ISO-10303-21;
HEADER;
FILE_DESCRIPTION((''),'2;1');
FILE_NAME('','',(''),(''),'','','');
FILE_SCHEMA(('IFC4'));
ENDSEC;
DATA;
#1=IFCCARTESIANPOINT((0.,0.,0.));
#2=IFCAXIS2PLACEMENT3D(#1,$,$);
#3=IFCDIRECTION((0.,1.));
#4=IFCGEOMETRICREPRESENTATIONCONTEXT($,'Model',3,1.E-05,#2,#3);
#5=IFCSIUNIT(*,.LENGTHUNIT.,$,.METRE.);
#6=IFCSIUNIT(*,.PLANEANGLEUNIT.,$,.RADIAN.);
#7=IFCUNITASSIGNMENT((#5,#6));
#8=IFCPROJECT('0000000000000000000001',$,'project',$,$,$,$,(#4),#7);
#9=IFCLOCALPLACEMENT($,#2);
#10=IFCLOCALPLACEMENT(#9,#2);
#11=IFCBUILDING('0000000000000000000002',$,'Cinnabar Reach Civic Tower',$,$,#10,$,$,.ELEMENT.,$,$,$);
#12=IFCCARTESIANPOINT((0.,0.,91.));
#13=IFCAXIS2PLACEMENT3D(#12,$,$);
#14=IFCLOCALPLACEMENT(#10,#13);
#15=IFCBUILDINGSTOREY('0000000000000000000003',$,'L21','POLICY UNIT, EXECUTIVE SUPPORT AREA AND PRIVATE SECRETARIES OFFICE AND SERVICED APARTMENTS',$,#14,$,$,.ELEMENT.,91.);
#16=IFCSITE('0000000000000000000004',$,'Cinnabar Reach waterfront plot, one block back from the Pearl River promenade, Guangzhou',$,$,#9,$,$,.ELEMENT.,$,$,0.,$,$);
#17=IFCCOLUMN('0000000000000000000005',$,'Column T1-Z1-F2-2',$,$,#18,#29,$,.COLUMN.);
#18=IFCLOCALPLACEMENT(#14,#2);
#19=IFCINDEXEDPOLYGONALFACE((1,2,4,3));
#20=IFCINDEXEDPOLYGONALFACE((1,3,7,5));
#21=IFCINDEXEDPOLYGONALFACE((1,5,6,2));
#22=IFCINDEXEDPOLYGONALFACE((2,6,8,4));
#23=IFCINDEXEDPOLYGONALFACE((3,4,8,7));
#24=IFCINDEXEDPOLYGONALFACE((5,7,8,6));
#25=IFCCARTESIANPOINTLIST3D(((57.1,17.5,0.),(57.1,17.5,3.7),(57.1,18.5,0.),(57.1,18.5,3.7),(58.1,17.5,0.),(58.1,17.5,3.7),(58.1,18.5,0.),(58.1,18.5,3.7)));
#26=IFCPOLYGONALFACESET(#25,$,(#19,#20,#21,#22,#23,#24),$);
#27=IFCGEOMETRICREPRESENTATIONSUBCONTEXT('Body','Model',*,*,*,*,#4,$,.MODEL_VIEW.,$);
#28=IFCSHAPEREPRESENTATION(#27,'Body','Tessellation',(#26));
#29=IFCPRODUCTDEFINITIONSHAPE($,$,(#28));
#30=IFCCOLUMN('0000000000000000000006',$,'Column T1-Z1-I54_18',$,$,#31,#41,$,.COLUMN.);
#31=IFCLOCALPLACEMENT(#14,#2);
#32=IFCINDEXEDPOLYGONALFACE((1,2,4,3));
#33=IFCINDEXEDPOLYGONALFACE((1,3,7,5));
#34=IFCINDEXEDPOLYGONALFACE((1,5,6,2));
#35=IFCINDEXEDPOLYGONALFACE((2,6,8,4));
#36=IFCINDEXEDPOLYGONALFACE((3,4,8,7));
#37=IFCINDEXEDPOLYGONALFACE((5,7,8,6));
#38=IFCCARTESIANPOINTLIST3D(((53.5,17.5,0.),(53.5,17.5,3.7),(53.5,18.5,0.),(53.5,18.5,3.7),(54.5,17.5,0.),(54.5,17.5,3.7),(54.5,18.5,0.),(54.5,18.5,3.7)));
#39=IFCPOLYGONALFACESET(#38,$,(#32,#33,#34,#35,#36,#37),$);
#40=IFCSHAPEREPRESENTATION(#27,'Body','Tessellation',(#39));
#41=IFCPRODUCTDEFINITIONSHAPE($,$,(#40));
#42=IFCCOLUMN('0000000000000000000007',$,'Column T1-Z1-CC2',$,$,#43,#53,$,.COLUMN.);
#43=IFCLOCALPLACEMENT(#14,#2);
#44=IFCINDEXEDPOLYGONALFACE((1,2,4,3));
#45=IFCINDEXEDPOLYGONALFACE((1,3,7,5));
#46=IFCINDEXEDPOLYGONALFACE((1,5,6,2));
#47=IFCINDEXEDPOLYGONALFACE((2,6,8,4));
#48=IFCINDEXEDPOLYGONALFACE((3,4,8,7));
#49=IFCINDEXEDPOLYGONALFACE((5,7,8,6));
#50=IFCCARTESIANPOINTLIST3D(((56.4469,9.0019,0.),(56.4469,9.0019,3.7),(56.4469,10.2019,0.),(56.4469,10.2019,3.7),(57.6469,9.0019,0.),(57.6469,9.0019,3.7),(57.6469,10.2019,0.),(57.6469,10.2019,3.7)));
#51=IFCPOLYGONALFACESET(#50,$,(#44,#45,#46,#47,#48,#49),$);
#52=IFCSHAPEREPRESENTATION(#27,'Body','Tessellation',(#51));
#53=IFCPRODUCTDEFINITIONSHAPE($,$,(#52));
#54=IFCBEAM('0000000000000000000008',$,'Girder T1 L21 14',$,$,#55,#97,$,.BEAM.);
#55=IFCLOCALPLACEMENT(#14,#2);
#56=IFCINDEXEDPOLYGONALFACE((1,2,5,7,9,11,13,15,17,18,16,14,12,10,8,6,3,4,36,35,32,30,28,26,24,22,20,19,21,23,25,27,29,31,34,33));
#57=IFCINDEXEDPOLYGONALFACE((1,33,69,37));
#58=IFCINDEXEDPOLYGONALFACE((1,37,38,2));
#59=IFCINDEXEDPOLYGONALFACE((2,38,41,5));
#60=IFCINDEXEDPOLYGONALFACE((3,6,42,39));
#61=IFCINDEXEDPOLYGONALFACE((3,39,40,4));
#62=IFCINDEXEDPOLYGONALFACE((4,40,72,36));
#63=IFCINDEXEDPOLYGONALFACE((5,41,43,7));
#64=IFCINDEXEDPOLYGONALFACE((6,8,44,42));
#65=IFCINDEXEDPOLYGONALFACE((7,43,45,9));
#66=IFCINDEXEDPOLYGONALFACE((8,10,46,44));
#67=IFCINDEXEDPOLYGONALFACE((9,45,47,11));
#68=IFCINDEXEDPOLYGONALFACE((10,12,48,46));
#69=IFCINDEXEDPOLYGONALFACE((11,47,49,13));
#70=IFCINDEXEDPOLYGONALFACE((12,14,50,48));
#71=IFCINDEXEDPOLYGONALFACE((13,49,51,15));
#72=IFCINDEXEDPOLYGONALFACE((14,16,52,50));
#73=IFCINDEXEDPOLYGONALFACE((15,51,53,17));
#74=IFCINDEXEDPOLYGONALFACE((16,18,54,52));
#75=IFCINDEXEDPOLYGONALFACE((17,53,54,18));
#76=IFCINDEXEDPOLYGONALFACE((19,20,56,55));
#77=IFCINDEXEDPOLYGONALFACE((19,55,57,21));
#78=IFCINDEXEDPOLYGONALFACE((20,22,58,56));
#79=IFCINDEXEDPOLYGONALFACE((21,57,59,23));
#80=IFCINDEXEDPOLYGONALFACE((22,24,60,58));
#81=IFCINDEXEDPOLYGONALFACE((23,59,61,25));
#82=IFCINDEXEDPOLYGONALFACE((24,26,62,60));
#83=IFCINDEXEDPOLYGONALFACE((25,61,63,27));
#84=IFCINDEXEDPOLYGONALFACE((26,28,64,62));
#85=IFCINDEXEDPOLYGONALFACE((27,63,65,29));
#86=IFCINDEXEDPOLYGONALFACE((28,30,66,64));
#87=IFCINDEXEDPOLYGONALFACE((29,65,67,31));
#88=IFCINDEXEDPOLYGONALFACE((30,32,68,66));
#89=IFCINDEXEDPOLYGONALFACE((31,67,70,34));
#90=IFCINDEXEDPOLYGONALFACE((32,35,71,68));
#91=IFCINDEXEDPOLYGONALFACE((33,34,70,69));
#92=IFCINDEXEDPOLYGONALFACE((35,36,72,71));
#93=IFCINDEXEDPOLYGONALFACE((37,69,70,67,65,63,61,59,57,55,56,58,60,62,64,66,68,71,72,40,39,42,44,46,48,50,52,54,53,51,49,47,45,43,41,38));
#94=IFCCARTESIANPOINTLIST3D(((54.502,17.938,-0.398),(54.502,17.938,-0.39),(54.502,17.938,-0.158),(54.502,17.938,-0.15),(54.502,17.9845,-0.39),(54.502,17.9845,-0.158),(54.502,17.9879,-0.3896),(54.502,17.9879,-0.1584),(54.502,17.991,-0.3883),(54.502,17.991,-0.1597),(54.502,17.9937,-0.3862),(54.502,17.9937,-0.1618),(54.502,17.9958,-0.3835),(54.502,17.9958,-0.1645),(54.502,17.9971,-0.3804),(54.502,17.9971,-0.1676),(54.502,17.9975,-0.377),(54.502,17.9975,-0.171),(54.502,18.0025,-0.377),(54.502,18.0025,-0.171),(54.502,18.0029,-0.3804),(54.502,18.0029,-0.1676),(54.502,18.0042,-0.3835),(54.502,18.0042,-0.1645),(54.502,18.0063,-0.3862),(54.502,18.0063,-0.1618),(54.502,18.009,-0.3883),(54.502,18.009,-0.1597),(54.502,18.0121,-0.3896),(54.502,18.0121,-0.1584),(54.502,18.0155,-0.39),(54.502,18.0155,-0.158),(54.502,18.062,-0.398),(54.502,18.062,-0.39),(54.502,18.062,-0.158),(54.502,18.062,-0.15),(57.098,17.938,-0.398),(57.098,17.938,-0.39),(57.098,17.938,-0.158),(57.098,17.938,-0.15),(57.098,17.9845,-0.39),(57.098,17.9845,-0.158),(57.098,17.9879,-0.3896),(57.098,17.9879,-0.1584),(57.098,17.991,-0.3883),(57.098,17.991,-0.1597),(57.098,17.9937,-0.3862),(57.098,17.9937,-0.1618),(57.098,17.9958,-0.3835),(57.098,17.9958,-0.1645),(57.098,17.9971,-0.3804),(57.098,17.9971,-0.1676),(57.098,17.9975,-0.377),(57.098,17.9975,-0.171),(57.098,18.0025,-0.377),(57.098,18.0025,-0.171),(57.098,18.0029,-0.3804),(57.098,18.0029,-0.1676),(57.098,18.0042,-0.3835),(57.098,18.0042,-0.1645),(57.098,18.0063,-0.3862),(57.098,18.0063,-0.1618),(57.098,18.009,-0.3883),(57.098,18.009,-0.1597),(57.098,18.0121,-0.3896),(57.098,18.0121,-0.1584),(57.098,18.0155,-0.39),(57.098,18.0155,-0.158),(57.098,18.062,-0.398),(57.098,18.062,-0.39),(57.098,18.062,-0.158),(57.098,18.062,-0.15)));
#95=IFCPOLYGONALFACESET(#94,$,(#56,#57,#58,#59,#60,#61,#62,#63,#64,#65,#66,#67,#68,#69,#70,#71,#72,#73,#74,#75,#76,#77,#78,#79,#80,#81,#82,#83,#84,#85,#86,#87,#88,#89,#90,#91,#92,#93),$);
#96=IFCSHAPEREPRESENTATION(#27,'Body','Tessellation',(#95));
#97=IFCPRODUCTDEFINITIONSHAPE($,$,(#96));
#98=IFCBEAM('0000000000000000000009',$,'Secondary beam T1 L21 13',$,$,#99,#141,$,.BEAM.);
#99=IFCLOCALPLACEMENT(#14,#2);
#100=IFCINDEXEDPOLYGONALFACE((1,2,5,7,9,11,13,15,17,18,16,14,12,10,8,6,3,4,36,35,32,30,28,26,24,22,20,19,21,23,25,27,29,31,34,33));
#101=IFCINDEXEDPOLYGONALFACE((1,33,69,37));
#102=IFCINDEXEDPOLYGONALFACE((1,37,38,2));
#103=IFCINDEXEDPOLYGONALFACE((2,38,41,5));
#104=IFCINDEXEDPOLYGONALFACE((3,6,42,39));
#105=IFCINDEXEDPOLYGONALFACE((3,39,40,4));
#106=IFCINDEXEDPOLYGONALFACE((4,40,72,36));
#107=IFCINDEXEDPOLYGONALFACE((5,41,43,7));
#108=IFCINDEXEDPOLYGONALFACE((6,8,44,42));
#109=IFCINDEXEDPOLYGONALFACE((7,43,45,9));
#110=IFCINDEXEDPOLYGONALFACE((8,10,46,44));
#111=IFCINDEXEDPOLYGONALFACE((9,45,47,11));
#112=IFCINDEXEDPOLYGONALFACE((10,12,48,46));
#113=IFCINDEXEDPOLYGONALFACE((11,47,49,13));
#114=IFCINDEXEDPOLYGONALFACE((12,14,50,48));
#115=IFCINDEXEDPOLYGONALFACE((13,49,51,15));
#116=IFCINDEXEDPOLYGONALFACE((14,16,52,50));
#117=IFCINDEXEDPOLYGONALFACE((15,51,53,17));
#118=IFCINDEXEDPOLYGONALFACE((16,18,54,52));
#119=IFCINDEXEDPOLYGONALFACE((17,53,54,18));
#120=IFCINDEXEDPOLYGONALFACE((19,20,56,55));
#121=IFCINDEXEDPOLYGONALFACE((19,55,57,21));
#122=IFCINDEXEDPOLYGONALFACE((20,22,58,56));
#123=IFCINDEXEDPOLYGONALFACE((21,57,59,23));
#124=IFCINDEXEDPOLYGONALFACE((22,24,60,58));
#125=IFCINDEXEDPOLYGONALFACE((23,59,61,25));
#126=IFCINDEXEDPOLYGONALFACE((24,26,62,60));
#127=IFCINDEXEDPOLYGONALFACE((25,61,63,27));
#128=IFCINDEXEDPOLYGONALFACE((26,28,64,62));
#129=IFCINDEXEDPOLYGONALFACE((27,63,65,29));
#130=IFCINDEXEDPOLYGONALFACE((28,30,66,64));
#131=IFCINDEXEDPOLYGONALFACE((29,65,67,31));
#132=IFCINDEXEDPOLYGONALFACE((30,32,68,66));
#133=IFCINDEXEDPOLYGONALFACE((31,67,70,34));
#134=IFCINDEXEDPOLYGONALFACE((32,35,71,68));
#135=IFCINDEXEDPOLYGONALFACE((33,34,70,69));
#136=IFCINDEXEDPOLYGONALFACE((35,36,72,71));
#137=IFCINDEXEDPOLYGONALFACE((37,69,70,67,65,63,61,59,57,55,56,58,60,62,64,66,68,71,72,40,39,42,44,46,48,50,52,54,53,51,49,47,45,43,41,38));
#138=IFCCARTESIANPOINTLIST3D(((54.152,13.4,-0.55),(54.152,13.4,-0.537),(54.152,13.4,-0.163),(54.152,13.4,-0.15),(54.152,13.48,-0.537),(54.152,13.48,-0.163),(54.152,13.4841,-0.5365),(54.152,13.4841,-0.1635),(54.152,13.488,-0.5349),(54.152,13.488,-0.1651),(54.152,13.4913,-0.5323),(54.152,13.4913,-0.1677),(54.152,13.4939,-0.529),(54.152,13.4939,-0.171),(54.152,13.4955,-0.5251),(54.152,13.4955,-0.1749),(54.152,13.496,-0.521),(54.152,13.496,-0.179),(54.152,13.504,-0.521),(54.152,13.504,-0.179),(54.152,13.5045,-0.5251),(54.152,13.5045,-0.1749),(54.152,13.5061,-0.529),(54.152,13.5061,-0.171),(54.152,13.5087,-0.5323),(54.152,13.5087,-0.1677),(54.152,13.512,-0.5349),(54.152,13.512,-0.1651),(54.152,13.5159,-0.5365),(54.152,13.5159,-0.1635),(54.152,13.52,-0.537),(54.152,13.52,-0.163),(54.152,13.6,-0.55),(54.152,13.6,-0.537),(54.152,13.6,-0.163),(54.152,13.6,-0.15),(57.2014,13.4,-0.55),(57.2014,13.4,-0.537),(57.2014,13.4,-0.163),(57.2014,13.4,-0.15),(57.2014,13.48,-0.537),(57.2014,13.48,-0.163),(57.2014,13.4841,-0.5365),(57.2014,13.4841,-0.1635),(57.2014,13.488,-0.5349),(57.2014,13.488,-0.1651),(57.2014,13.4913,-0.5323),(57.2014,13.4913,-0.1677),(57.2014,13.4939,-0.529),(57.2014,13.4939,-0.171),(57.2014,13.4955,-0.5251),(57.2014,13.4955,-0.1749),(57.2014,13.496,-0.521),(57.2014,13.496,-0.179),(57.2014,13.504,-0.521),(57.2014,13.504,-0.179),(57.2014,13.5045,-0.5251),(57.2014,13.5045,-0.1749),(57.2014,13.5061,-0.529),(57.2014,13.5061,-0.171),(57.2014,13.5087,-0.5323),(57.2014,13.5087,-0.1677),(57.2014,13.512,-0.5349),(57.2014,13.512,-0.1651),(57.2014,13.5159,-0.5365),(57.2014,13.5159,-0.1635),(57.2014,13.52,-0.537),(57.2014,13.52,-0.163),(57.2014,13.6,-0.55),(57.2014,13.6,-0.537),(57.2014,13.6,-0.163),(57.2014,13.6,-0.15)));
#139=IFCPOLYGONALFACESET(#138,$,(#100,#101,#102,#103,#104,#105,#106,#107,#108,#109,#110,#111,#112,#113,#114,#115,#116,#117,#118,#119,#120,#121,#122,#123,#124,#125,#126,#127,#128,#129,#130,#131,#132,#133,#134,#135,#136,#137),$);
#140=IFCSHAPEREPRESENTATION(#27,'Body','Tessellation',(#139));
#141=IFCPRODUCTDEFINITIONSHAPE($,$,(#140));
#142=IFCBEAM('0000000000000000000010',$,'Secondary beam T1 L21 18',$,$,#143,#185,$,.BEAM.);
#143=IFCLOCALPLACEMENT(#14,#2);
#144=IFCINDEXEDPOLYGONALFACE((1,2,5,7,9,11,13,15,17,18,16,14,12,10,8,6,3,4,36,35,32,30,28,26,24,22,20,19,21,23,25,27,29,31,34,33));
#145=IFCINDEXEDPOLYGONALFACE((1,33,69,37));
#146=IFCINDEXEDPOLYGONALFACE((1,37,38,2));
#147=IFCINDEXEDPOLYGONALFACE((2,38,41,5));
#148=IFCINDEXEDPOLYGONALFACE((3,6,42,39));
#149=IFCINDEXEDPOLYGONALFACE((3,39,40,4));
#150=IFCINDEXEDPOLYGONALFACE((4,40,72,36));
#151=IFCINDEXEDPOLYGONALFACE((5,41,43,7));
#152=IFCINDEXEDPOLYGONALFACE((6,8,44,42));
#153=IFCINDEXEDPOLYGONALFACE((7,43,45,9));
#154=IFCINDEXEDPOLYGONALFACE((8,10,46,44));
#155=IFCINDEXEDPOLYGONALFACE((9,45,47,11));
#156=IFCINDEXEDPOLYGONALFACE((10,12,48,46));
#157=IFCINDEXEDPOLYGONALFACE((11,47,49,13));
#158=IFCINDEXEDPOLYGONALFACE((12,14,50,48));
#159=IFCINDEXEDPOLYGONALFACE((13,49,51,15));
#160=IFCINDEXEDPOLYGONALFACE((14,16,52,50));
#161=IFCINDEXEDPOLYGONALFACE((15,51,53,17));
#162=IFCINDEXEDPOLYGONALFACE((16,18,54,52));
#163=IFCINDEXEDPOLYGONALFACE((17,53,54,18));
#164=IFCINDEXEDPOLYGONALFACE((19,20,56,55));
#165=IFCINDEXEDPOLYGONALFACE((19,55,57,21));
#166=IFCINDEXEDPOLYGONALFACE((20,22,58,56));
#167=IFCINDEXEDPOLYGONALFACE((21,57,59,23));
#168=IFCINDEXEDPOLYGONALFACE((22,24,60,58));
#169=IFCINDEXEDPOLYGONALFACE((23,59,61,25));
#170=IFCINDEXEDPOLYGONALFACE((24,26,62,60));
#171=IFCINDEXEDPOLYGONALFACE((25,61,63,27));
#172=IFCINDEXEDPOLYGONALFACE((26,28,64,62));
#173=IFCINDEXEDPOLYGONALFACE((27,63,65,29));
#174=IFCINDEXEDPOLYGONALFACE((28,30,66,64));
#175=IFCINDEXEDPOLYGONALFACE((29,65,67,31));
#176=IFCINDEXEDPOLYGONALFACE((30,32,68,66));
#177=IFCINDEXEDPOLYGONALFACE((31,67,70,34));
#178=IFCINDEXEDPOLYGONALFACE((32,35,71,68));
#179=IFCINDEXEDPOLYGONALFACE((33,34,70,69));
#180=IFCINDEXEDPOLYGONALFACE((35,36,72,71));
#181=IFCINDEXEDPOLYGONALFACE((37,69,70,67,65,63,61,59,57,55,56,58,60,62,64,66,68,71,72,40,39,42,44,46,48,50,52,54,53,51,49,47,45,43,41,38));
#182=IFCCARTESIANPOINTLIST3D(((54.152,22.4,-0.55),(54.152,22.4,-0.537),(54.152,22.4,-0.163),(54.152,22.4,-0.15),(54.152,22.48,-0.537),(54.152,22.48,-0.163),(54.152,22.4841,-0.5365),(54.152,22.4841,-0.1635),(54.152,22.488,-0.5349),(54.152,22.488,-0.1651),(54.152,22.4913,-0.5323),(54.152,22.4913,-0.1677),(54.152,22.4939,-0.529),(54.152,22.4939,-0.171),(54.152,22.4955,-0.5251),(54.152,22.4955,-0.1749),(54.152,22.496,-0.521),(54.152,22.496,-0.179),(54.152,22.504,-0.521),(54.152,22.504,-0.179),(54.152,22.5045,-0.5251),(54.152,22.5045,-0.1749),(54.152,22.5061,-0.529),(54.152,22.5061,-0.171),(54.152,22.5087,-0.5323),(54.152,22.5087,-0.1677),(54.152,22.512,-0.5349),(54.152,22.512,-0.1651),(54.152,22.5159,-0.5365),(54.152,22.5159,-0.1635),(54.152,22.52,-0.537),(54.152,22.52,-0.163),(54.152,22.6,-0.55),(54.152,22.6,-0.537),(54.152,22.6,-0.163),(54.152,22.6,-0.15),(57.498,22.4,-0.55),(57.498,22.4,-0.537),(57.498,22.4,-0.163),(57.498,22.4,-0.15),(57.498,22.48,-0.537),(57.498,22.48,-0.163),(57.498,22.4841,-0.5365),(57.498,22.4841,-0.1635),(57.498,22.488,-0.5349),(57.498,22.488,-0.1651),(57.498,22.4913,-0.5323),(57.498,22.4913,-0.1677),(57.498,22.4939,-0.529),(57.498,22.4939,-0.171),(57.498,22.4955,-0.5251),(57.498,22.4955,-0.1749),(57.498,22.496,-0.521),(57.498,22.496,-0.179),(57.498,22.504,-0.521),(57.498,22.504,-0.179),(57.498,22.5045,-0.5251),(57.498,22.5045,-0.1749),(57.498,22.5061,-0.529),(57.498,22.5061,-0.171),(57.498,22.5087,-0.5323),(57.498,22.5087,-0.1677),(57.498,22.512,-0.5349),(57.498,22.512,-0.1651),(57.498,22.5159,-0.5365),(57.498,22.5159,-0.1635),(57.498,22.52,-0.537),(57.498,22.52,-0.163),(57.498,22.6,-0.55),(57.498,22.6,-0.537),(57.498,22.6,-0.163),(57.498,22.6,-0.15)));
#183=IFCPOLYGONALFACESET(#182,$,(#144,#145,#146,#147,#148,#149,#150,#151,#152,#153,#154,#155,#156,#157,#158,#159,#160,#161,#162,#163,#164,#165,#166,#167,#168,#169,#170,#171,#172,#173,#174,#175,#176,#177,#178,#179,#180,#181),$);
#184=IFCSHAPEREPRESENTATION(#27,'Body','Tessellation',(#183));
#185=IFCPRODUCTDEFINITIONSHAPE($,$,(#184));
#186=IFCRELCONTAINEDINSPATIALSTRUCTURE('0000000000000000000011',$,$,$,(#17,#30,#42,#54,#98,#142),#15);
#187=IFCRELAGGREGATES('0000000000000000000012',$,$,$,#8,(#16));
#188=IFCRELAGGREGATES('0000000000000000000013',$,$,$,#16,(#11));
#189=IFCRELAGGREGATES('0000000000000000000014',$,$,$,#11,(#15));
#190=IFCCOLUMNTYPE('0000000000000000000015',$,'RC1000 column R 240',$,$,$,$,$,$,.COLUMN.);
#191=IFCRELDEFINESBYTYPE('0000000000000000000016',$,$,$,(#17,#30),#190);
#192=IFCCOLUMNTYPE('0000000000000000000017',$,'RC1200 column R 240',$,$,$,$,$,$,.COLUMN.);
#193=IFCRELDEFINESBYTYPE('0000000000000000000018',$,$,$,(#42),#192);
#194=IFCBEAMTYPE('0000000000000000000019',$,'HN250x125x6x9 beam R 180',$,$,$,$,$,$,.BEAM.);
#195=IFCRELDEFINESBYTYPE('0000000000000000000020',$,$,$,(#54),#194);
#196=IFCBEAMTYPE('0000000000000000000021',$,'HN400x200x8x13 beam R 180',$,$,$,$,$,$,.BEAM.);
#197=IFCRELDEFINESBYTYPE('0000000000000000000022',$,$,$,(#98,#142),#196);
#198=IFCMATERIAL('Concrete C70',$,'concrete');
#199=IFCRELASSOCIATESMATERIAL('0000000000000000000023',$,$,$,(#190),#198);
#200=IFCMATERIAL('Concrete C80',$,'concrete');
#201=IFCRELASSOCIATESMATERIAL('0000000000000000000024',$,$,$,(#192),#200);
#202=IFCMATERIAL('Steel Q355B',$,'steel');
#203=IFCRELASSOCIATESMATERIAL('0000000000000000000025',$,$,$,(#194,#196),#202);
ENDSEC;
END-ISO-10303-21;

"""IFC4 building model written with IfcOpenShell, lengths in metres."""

from ifc_helpers import new_model, si_unit, direction, frame, origin, origin_2d, place, context, subcontext, project, spatial, rectangle, i_section, extrude, material, material_profile, profile_set, type_object, element, save


model = new_model("IFC4")

# Units and contexts
model_context = context("Model", 3, precision=1e-05, world=origin(), true_north=direction((0.0, 1.0)))
body_context = subcontext(model_context, "Body", "Model", "MODEL_VIEW")
ifc_project = project(units=[si_unit("LENGTHUNIT", "METRE"), si_unit("PLANEANGLEUNIT", "RADIAN")], contexts=[model_context])

# Site, building, storey
site_placement = place(None, origin())
site = spatial("IfcSite", under=ifc_project, at=site_placement, Name="Cinnabar Reach waterfront plot, one block back from the Pearl River promenade, Guangzhou", CompositionType="ELEMENT", RefElevation=0.0)
building_placement = place(site_placement, origin())
building = spatial("IfcBuilding", under=site, at=building_placement, Name="Cinnabar Reach Civic Tower", CompositionType="ELEMENT")
storey_placement = place(building_placement, frame((0.0, 0.0, 91.0)))
storey = spatial("IfcBuildingStorey", under=building, at=storey_placement, Name="L21", Description="POLICY UNIT, EXECUTIVE SUPPORT AREA AND PRIVATE SECRETARIES OFFICE AND SERVICED APARTMENTS", CompositionType="ELEMENT", Elevation=91.0)

# Columns
ifc_material_1 = material(Name="Concrete C70", Category="concrete")
ifc_material_profile_1 = material_profile(ifc_material_1, rectangle(XDim=1.0, YDim=1.0, at=origin_2d()), Name="RC1000")
ifc_profile_set_1 = profile_set([ifc_material_profile_1], Name="Concrete C70")
column_type_1 = type_object("IfcColumnType", Name="RC1000 column R 240", PredefinedType="COLUMN", material=ifc_profile_set_1)
for number, where, z_axis, x_axis, name in (
    (1, (57.6, 18.0, 0.0), (0.0, 0.0, 1.0), (1.0, 0.0, 0.0), "Column T1-Z1-F2-2"),
    (2, (54.0, 18.0, 0.0), (0.0, 0.0, 1.0), (1.0, 0.0, 0.0), "Column T1-Z1-I54_18"),
):
    element("IfcColumn", number, at=place(storey_placement, frame(where, z_axis=z_axis, x_axis=x_axis)), inside=storey, type_object=column_type_1, Name=name, PredefinedType="COLUMN", context=body_context, shape_type="SweptSolid", body=[
        extrude(rectangle(XDim=1.0, YDim=1.0, at=origin_2d()), origin(), (0.0, 0.0, 1.0), 3.7),
    ])
ifc_material_2 = material(Name="Concrete C80", Category="concrete")
ifc_material_profile_2 = material_profile(ifc_material_2, rectangle(XDim=1.2, YDim=1.2, at=origin_2d()), Name="RC1200")
ifc_profile_set_2 = profile_set([ifc_material_profile_2], Name="Concrete C80")
column_type_2 = type_object("IfcColumnType", Name="RC1200 column R 240", PredefinedType="COLUMN", material=ifc_profile_set_2)
column_placement = place(storey_placement, frame((57.0469, 9.6019, 0.0), z_axis=(0.0, 0.0, 1.0), x_axis=(1.0, 0.0, 0.0)))
element("IfcColumn", 3, at=column_placement, inside=storey, type_object=column_type_2, Name="Column T1-Z1-CC2", PredefinedType="COLUMN", context=body_context, shape_type="SweptSolid", body=[
    extrude(rectangle(XDim=1.2, YDim=1.2, at=origin_2d()), origin(), (0.0, 0.0, 1.0), 3.7),
])

# Beams
ifc_material_3 = material(Name="Steel Q355B", Category="steel")
ifc_material_profile_3 = material_profile(ifc_material_3, i_section(OverallWidth=0.124, OverallDepth=0.248, WebThickness=0.005, FlangeThickness=0.008, FilletRadius=0.013, at=origin_2d()), Name="HN250x125x6x9")
ifc_profile_set_3 = profile_set([ifc_material_profile_3], Name="Steel Q355B")
beam_type_1 = type_object("IfcBeamType", Name="HN250x125x6x9 beam R 180", PredefinedType="BEAM", material=ifc_profile_set_3)
beam_1_placement = place(storey_placement, frame((54.502, 18.0, -0.274), z_axis=(1.0, 0.0, 0.0), x_axis=(0.0, 1.0, 0.0)))
element("IfcBeam", 4, at=beam_1_placement, inside=storey, type_object=beam_type_1, Name="Girder T1 L21 14", PredefinedType="BEAM", context=body_context, shape_type="SweptSolid", body=[
    extrude(i_section(OverallWidth=0.124, OverallDepth=0.248, WebThickness=0.005, FlangeThickness=0.008, FilletRadius=0.013, at=origin_2d()), origin(), (0.0, 0.0, 1.0), 2.596),
])
ifc_material_profile_4 = material_profile(ifc_material_3, i_section(OverallWidth=0.2, OverallDepth=0.4, WebThickness=0.008, FlangeThickness=0.013, FilletRadius=0.016, at=origin_2d()), Name="HN400x200x8x13")
ifc_profile_set_4 = profile_set([ifc_material_profile_4], Name="Steel Q355B")
beam_type_2 = type_object("IfcBeamType", Name="HN400x200x8x13 beam R 180", PredefinedType="BEAM", material=ifc_profile_set_4)
beam_2_placement = place(storey_placement, frame((54.152, 13.5, -0.35), z_axis=(1.0, 0.0, 0.0), x_axis=(0.0, 1.0, 0.0)))
element("IfcBeam", 5, at=beam_2_placement, inside=storey, type_object=beam_type_2, Name="Secondary beam T1 L21 13", PredefinedType="BEAM", context=body_context, shape_type="SweptSolid", body=[
    extrude(i_section(OverallWidth=0.2, OverallDepth=0.4, WebThickness=0.008, FlangeThickness=0.013, FilletRadius=0.016, at=origin_2d()), origin(), (0.0, 0.0, 1.0), 3.0494),
])
beam_3_placement = place(storey_placement, frame((54.152, 22.5, -0.35), z_axis=(1.0, 0.0, 0.0), x_axis=(0.0, 1.0, 0.0)))
element("IfcBeam", 6, at=beam_3_placement, inside=storey, type_object=beam_type_2, Name="Secondary beam T1 L21 18", PredefinedType="BEAM", context=body_context, shape_type="SweptSolid", body=[
    extrude(i_section(OverallWidth=0.2, OverallDepth=0.4, WebThickness=0.008, FlangeThickness=0.013, FilletRadius=0.016, at=origin_2d()), origin(), (0.0, 0.0, 1.0), 3.346),
])

save(model, "model.ifc")
